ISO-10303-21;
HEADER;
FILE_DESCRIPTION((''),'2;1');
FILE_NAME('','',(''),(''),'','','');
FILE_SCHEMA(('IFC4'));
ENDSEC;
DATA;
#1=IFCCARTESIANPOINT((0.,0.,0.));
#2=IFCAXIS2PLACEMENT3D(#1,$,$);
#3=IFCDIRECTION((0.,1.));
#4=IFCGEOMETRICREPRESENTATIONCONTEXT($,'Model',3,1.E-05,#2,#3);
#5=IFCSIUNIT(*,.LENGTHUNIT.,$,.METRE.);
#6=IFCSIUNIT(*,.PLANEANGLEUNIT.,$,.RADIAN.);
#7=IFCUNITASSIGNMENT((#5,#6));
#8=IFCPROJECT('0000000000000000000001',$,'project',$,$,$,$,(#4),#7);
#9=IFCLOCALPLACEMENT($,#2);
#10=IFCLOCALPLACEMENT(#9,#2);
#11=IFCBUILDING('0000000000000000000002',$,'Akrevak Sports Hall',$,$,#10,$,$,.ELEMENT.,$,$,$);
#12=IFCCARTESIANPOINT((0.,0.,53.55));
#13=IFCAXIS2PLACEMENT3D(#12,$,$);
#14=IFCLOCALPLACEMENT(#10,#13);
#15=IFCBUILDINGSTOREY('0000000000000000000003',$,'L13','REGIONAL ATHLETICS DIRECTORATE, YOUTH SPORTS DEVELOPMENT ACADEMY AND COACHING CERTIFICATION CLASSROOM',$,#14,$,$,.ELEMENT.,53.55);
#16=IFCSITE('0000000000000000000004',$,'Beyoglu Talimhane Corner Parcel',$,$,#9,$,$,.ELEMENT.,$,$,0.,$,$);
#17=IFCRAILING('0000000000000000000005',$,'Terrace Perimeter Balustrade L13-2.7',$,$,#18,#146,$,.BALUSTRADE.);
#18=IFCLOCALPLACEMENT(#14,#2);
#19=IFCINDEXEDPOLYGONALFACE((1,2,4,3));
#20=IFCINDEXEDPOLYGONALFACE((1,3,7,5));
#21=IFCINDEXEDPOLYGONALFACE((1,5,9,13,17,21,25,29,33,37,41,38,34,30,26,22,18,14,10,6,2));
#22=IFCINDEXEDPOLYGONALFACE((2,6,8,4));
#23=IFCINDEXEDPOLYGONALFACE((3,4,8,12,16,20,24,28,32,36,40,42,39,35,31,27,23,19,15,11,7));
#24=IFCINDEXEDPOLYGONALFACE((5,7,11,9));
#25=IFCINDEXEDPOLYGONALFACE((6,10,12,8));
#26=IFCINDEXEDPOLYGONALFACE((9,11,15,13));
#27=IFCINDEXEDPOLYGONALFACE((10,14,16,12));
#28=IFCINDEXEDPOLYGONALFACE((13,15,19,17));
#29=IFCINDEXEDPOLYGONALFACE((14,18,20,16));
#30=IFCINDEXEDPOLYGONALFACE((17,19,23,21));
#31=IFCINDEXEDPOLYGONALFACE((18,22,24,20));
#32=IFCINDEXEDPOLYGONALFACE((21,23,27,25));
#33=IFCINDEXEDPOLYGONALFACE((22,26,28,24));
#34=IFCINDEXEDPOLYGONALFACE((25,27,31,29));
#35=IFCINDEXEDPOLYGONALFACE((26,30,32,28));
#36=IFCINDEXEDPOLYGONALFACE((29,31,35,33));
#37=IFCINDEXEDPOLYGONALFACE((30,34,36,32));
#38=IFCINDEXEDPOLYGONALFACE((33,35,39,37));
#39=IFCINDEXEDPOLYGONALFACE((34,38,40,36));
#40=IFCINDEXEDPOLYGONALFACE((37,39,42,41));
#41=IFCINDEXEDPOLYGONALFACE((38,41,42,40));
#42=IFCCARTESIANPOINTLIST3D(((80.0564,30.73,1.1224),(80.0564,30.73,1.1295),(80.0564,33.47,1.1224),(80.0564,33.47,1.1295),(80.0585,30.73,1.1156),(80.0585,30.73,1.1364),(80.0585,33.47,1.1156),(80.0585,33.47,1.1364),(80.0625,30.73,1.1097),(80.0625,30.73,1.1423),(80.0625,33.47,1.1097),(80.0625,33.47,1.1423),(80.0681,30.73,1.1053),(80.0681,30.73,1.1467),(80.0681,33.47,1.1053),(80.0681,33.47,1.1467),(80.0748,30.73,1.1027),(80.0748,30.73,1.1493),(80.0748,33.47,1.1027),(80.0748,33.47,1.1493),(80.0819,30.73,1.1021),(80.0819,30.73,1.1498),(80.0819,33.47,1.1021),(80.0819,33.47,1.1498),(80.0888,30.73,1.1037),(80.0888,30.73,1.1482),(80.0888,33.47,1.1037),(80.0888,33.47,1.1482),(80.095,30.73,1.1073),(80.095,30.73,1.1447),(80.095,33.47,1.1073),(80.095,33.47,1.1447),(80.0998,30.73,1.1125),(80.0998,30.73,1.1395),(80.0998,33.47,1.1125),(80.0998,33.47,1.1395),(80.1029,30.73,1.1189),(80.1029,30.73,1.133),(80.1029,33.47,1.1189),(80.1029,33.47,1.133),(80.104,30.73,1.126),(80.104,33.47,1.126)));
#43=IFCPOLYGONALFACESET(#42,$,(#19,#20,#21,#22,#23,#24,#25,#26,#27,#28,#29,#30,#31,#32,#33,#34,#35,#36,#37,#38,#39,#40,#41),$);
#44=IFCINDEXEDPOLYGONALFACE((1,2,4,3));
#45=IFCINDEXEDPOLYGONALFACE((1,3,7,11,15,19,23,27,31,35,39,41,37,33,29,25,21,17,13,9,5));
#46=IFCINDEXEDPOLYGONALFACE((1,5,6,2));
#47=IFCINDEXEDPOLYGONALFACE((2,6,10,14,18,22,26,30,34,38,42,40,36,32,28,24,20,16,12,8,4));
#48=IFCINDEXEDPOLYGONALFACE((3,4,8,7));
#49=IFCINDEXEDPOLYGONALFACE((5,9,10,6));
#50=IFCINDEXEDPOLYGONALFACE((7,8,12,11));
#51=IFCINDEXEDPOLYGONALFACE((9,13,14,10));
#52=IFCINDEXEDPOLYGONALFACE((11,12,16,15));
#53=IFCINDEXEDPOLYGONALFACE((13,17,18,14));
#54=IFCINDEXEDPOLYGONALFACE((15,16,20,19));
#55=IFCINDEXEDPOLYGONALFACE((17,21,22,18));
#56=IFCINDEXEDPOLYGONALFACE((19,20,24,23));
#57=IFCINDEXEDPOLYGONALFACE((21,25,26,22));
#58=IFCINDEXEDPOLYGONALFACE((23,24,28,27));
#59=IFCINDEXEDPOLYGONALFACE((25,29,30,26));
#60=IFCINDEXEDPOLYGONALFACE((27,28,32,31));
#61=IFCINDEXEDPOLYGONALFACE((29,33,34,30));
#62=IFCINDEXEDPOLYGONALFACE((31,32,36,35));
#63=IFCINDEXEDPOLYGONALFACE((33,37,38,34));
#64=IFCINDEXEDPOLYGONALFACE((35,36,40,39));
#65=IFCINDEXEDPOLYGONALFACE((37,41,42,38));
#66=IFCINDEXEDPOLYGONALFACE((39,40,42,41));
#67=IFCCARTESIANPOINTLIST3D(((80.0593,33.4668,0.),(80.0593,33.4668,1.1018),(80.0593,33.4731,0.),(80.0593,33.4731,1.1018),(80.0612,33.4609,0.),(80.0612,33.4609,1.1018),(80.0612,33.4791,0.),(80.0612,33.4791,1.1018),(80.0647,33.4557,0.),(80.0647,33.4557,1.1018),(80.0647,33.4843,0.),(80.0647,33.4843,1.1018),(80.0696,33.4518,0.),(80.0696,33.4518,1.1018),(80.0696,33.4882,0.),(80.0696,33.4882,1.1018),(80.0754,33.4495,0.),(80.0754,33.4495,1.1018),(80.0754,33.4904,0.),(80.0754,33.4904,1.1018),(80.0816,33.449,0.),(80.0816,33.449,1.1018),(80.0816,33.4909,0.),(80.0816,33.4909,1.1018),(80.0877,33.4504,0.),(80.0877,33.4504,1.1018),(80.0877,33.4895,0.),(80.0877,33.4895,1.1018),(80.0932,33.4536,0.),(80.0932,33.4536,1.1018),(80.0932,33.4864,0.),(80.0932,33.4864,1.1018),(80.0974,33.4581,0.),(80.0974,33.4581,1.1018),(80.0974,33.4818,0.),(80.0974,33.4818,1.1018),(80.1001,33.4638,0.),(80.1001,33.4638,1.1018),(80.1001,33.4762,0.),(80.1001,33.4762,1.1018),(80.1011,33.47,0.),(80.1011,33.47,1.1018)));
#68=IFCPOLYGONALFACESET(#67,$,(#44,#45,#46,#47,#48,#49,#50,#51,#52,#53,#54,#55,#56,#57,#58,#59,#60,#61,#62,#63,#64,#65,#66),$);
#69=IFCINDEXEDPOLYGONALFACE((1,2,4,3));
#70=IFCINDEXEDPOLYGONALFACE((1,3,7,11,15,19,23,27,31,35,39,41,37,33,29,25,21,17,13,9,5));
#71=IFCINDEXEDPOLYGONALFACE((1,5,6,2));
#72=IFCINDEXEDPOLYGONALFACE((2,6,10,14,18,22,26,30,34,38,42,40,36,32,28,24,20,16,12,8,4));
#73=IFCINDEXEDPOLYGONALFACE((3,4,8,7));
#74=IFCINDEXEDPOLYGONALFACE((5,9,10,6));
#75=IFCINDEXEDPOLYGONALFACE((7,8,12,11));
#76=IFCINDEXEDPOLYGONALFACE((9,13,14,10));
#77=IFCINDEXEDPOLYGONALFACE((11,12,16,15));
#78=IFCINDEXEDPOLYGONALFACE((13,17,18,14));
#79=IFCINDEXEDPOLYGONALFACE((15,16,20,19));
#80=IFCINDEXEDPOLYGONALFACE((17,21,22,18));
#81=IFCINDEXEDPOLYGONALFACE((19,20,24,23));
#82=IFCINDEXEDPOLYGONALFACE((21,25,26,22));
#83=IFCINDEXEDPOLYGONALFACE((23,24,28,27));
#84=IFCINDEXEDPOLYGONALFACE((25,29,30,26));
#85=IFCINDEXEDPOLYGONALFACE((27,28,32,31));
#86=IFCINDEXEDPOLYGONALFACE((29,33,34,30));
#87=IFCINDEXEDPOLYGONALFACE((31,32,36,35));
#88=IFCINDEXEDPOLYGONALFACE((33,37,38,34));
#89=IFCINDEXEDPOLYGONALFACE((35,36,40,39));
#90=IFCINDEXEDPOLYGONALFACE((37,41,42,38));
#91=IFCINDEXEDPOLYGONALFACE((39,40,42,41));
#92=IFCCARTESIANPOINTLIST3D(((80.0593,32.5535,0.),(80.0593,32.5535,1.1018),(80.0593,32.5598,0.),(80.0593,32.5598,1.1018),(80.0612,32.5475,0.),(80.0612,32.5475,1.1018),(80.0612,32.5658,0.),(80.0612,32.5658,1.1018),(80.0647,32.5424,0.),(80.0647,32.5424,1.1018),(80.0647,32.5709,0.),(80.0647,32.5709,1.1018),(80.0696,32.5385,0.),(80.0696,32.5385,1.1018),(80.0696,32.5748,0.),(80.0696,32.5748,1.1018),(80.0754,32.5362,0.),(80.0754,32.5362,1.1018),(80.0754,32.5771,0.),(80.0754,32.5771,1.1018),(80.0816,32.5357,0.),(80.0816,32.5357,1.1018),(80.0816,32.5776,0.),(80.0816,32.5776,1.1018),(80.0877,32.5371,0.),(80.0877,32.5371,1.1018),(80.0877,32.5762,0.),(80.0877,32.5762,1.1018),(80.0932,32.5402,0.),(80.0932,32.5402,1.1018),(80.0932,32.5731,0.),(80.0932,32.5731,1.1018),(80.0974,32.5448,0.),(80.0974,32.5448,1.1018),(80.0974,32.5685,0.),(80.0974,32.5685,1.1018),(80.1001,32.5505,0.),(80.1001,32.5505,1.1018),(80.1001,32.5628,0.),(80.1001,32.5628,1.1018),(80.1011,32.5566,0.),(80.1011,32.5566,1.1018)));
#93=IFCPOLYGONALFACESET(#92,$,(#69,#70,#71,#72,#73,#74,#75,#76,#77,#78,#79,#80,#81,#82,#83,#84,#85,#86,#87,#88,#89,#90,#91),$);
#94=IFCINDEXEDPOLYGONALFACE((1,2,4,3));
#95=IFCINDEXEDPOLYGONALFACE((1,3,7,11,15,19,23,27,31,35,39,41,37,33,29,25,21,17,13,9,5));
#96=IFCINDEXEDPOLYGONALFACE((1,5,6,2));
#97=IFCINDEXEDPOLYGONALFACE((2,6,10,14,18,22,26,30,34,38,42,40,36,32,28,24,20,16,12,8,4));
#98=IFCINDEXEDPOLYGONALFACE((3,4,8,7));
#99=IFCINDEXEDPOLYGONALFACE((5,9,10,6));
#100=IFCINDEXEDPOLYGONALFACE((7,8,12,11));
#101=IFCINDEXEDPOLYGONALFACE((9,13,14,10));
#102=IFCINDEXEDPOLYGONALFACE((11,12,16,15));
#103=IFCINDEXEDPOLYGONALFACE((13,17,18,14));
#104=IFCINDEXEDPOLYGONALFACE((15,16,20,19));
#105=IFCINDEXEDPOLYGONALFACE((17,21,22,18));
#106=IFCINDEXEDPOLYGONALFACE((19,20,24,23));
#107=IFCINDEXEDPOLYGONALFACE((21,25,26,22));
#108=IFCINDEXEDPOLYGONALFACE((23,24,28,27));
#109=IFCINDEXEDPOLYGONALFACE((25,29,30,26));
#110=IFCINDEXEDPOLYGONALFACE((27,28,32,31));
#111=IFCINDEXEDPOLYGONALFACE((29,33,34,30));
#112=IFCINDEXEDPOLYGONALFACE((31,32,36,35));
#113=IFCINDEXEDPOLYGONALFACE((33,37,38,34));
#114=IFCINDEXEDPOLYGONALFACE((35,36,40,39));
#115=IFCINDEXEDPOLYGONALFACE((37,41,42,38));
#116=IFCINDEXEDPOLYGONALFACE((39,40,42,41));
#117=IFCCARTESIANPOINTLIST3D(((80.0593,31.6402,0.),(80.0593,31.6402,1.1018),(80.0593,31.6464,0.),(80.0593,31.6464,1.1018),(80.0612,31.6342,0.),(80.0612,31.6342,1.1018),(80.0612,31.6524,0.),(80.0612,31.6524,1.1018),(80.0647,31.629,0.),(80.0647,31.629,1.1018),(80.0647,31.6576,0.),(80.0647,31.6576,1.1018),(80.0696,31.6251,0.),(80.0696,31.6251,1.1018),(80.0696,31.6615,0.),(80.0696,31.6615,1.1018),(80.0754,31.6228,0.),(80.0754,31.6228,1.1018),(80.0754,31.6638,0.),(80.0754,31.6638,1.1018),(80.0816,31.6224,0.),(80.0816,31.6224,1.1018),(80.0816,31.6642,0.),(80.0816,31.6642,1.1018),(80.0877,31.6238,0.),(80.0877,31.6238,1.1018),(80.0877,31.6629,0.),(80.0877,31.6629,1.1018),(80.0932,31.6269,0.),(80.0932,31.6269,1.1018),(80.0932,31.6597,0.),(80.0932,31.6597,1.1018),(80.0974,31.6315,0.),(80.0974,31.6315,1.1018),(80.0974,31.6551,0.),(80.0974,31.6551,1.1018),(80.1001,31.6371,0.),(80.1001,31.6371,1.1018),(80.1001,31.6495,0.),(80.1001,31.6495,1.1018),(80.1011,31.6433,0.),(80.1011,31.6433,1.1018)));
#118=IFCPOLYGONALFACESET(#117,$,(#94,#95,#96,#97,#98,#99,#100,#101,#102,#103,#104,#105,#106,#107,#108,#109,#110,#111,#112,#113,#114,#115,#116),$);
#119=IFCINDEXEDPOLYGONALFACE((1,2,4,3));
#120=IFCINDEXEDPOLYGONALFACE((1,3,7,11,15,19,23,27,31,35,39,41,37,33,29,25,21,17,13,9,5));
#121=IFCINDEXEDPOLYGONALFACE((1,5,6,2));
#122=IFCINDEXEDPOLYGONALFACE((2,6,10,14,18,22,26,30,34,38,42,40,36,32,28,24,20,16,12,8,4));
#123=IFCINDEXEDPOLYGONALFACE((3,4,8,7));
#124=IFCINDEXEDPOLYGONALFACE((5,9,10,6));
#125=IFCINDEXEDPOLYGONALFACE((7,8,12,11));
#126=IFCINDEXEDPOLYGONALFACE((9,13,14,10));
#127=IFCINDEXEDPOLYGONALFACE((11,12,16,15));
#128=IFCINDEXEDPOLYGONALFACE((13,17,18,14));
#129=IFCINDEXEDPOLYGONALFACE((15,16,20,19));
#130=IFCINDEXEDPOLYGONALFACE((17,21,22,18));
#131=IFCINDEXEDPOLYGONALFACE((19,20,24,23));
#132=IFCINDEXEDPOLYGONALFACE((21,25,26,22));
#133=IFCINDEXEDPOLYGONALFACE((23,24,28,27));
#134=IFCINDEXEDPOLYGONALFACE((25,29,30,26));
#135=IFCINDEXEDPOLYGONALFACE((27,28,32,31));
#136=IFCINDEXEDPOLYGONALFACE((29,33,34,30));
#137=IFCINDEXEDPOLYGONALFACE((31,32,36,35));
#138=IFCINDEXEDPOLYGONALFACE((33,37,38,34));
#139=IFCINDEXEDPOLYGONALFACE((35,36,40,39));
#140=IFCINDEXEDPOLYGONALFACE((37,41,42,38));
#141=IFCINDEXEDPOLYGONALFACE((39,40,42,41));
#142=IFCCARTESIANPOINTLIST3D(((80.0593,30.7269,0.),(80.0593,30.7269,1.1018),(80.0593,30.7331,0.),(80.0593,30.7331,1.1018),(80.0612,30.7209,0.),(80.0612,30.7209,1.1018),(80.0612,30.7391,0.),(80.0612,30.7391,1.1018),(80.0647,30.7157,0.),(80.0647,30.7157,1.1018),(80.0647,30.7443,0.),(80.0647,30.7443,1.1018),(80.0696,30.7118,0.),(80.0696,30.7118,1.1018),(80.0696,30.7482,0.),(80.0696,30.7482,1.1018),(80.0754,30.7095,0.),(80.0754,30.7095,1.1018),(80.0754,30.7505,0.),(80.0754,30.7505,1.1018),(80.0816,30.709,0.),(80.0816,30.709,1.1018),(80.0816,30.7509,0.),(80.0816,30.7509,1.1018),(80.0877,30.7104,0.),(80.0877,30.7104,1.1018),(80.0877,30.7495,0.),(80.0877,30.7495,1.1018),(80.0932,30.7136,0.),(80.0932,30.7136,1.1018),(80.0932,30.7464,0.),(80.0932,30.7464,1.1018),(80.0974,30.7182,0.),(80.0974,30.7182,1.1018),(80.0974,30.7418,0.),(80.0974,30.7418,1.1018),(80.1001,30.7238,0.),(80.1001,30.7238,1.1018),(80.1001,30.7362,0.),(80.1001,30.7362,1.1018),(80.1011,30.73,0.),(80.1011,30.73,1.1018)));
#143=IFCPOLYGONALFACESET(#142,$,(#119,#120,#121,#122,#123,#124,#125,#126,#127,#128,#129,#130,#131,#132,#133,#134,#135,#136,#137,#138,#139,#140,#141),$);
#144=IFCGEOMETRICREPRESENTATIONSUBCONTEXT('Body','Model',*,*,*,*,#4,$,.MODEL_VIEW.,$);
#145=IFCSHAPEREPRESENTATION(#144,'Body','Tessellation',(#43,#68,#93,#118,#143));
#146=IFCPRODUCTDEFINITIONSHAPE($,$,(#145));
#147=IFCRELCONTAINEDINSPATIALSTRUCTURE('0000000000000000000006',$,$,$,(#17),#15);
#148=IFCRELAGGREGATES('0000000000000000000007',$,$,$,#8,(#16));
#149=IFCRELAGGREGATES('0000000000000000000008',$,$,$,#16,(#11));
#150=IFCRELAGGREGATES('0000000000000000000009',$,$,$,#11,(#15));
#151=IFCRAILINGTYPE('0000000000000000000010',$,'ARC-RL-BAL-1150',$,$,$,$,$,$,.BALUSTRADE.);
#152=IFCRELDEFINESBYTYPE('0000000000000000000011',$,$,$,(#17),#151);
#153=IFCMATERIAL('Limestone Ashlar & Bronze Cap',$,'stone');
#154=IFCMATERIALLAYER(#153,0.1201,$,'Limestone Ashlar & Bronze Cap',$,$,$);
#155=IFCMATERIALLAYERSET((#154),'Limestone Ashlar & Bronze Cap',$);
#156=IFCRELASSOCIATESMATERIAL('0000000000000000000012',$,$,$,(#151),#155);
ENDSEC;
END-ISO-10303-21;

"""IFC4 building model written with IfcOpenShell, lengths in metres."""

from ifc_helpers import new_model, si_unit, direction, frame, origin, origin_2d, place, context, subcontext, project, spatial, circle, extrude, material, layer, layer_set, type_object, element, save


model = new_model("IFC4")

# Units and contexts
model_context = context("Model", 3, precision=1e-05, world=origin(), true_north=direction((0.0, 1.0)))
body_context = subcontext(model_context, "Body", "Model", "MODEL_VIEW")
ifc_project = project(units=[si_unit("LENGTHUNIT", "METRE"), si_unit("PLANEANGLEUNIT", "RADIAN")], contexts=[model_context])

# Site, building, storey
site_placement = place(None, origin())
site = spatial("IfcSite", under=ifc_project, at=site_placement, Name="Beyoglu Talimhane Corner Parcel", CompositionType="ELEMENT", RefElevation=0.0)
building_placement = place(site_placement, origin())
building = spatial("IfcBuilding", under=site, at=building_placement, Name="Akrevak Sports Hall", CompositionType="ELEMENT")
storey_placement = place(building_placement, frame((0.0, 0.0, 53.55)))
storey = spatial("IfcBuildingStorey", under=building, at=storey_placement, Name="L13", Description="REGIONAL ATHLETICS DIRECTORATE, YOUTH SPORTS DEVELOPMENT ACADEMY AND COACHING CERTIFICATION CLASSROOM", CompositionType="ELEMENT", Elevation=53.55)

# Railing
ifc_material_1 = material(Name="Limestone Ashlar & Bronze Cap", Category="stone")
ifc_layer_1 = layer(ifc_material_1, 0.1201, Name="Limestone Ashlar & Bronze Cap")
ifc_layer_set_1 = layer_set([ifc_layer_1], Name="Limestone Ashlar & Bronze Cap")
railing_type = type_object("IfcRailingType", Name="ARC-RL-BAL-1150", PredefinedType="BALUSTRADE", material=ifc_layer_set_1)
railing_1_placement = place(storey_placement, frame((80.0801, 33.47, 0.0)))
element("IfcRailing", 1, at=railing_1_placement, inside=storey, type_object=railing_type, Name="Terrace Perimeter Balustrade L13-2.7", PredefinedType="BALUSTRADE", context=body_context, shape_type="SweptSolid", body=[
    extrude(circle(Radius=0.0239, at=origin_2d()), frame((0.0, 0.0, 1.126), z_axis=(0.0, -1.0, 0.0), x_axis=(1.0, 0.0, 0.0)), (0.0, 0.0, 1.0), 2.74),
    extrude(circle(Radius=0.021, at=origin_2d()), origin(), (0.0, 0.0, 1.0), 1.1018),
    extrude(circle(Radius=0.021, at=origin_2d()), frame((0.0, -0.9133, 0.0)), (0.0, 0.0, 1.0), 1.1018),
    extrude(circle(Radius=0.021, at=origin_2d()), frame((0.0, -1.8267, 0.0)), (0.0, 0.0, 1.0), 1.1018),
    extrude(circle(Radius=0.021, at=origin_2d()), frame((0.0, -2.74, 0.0)), (0.0, 0.0, 1.0), 1.1018),
])

save(model, "model.ifc")
